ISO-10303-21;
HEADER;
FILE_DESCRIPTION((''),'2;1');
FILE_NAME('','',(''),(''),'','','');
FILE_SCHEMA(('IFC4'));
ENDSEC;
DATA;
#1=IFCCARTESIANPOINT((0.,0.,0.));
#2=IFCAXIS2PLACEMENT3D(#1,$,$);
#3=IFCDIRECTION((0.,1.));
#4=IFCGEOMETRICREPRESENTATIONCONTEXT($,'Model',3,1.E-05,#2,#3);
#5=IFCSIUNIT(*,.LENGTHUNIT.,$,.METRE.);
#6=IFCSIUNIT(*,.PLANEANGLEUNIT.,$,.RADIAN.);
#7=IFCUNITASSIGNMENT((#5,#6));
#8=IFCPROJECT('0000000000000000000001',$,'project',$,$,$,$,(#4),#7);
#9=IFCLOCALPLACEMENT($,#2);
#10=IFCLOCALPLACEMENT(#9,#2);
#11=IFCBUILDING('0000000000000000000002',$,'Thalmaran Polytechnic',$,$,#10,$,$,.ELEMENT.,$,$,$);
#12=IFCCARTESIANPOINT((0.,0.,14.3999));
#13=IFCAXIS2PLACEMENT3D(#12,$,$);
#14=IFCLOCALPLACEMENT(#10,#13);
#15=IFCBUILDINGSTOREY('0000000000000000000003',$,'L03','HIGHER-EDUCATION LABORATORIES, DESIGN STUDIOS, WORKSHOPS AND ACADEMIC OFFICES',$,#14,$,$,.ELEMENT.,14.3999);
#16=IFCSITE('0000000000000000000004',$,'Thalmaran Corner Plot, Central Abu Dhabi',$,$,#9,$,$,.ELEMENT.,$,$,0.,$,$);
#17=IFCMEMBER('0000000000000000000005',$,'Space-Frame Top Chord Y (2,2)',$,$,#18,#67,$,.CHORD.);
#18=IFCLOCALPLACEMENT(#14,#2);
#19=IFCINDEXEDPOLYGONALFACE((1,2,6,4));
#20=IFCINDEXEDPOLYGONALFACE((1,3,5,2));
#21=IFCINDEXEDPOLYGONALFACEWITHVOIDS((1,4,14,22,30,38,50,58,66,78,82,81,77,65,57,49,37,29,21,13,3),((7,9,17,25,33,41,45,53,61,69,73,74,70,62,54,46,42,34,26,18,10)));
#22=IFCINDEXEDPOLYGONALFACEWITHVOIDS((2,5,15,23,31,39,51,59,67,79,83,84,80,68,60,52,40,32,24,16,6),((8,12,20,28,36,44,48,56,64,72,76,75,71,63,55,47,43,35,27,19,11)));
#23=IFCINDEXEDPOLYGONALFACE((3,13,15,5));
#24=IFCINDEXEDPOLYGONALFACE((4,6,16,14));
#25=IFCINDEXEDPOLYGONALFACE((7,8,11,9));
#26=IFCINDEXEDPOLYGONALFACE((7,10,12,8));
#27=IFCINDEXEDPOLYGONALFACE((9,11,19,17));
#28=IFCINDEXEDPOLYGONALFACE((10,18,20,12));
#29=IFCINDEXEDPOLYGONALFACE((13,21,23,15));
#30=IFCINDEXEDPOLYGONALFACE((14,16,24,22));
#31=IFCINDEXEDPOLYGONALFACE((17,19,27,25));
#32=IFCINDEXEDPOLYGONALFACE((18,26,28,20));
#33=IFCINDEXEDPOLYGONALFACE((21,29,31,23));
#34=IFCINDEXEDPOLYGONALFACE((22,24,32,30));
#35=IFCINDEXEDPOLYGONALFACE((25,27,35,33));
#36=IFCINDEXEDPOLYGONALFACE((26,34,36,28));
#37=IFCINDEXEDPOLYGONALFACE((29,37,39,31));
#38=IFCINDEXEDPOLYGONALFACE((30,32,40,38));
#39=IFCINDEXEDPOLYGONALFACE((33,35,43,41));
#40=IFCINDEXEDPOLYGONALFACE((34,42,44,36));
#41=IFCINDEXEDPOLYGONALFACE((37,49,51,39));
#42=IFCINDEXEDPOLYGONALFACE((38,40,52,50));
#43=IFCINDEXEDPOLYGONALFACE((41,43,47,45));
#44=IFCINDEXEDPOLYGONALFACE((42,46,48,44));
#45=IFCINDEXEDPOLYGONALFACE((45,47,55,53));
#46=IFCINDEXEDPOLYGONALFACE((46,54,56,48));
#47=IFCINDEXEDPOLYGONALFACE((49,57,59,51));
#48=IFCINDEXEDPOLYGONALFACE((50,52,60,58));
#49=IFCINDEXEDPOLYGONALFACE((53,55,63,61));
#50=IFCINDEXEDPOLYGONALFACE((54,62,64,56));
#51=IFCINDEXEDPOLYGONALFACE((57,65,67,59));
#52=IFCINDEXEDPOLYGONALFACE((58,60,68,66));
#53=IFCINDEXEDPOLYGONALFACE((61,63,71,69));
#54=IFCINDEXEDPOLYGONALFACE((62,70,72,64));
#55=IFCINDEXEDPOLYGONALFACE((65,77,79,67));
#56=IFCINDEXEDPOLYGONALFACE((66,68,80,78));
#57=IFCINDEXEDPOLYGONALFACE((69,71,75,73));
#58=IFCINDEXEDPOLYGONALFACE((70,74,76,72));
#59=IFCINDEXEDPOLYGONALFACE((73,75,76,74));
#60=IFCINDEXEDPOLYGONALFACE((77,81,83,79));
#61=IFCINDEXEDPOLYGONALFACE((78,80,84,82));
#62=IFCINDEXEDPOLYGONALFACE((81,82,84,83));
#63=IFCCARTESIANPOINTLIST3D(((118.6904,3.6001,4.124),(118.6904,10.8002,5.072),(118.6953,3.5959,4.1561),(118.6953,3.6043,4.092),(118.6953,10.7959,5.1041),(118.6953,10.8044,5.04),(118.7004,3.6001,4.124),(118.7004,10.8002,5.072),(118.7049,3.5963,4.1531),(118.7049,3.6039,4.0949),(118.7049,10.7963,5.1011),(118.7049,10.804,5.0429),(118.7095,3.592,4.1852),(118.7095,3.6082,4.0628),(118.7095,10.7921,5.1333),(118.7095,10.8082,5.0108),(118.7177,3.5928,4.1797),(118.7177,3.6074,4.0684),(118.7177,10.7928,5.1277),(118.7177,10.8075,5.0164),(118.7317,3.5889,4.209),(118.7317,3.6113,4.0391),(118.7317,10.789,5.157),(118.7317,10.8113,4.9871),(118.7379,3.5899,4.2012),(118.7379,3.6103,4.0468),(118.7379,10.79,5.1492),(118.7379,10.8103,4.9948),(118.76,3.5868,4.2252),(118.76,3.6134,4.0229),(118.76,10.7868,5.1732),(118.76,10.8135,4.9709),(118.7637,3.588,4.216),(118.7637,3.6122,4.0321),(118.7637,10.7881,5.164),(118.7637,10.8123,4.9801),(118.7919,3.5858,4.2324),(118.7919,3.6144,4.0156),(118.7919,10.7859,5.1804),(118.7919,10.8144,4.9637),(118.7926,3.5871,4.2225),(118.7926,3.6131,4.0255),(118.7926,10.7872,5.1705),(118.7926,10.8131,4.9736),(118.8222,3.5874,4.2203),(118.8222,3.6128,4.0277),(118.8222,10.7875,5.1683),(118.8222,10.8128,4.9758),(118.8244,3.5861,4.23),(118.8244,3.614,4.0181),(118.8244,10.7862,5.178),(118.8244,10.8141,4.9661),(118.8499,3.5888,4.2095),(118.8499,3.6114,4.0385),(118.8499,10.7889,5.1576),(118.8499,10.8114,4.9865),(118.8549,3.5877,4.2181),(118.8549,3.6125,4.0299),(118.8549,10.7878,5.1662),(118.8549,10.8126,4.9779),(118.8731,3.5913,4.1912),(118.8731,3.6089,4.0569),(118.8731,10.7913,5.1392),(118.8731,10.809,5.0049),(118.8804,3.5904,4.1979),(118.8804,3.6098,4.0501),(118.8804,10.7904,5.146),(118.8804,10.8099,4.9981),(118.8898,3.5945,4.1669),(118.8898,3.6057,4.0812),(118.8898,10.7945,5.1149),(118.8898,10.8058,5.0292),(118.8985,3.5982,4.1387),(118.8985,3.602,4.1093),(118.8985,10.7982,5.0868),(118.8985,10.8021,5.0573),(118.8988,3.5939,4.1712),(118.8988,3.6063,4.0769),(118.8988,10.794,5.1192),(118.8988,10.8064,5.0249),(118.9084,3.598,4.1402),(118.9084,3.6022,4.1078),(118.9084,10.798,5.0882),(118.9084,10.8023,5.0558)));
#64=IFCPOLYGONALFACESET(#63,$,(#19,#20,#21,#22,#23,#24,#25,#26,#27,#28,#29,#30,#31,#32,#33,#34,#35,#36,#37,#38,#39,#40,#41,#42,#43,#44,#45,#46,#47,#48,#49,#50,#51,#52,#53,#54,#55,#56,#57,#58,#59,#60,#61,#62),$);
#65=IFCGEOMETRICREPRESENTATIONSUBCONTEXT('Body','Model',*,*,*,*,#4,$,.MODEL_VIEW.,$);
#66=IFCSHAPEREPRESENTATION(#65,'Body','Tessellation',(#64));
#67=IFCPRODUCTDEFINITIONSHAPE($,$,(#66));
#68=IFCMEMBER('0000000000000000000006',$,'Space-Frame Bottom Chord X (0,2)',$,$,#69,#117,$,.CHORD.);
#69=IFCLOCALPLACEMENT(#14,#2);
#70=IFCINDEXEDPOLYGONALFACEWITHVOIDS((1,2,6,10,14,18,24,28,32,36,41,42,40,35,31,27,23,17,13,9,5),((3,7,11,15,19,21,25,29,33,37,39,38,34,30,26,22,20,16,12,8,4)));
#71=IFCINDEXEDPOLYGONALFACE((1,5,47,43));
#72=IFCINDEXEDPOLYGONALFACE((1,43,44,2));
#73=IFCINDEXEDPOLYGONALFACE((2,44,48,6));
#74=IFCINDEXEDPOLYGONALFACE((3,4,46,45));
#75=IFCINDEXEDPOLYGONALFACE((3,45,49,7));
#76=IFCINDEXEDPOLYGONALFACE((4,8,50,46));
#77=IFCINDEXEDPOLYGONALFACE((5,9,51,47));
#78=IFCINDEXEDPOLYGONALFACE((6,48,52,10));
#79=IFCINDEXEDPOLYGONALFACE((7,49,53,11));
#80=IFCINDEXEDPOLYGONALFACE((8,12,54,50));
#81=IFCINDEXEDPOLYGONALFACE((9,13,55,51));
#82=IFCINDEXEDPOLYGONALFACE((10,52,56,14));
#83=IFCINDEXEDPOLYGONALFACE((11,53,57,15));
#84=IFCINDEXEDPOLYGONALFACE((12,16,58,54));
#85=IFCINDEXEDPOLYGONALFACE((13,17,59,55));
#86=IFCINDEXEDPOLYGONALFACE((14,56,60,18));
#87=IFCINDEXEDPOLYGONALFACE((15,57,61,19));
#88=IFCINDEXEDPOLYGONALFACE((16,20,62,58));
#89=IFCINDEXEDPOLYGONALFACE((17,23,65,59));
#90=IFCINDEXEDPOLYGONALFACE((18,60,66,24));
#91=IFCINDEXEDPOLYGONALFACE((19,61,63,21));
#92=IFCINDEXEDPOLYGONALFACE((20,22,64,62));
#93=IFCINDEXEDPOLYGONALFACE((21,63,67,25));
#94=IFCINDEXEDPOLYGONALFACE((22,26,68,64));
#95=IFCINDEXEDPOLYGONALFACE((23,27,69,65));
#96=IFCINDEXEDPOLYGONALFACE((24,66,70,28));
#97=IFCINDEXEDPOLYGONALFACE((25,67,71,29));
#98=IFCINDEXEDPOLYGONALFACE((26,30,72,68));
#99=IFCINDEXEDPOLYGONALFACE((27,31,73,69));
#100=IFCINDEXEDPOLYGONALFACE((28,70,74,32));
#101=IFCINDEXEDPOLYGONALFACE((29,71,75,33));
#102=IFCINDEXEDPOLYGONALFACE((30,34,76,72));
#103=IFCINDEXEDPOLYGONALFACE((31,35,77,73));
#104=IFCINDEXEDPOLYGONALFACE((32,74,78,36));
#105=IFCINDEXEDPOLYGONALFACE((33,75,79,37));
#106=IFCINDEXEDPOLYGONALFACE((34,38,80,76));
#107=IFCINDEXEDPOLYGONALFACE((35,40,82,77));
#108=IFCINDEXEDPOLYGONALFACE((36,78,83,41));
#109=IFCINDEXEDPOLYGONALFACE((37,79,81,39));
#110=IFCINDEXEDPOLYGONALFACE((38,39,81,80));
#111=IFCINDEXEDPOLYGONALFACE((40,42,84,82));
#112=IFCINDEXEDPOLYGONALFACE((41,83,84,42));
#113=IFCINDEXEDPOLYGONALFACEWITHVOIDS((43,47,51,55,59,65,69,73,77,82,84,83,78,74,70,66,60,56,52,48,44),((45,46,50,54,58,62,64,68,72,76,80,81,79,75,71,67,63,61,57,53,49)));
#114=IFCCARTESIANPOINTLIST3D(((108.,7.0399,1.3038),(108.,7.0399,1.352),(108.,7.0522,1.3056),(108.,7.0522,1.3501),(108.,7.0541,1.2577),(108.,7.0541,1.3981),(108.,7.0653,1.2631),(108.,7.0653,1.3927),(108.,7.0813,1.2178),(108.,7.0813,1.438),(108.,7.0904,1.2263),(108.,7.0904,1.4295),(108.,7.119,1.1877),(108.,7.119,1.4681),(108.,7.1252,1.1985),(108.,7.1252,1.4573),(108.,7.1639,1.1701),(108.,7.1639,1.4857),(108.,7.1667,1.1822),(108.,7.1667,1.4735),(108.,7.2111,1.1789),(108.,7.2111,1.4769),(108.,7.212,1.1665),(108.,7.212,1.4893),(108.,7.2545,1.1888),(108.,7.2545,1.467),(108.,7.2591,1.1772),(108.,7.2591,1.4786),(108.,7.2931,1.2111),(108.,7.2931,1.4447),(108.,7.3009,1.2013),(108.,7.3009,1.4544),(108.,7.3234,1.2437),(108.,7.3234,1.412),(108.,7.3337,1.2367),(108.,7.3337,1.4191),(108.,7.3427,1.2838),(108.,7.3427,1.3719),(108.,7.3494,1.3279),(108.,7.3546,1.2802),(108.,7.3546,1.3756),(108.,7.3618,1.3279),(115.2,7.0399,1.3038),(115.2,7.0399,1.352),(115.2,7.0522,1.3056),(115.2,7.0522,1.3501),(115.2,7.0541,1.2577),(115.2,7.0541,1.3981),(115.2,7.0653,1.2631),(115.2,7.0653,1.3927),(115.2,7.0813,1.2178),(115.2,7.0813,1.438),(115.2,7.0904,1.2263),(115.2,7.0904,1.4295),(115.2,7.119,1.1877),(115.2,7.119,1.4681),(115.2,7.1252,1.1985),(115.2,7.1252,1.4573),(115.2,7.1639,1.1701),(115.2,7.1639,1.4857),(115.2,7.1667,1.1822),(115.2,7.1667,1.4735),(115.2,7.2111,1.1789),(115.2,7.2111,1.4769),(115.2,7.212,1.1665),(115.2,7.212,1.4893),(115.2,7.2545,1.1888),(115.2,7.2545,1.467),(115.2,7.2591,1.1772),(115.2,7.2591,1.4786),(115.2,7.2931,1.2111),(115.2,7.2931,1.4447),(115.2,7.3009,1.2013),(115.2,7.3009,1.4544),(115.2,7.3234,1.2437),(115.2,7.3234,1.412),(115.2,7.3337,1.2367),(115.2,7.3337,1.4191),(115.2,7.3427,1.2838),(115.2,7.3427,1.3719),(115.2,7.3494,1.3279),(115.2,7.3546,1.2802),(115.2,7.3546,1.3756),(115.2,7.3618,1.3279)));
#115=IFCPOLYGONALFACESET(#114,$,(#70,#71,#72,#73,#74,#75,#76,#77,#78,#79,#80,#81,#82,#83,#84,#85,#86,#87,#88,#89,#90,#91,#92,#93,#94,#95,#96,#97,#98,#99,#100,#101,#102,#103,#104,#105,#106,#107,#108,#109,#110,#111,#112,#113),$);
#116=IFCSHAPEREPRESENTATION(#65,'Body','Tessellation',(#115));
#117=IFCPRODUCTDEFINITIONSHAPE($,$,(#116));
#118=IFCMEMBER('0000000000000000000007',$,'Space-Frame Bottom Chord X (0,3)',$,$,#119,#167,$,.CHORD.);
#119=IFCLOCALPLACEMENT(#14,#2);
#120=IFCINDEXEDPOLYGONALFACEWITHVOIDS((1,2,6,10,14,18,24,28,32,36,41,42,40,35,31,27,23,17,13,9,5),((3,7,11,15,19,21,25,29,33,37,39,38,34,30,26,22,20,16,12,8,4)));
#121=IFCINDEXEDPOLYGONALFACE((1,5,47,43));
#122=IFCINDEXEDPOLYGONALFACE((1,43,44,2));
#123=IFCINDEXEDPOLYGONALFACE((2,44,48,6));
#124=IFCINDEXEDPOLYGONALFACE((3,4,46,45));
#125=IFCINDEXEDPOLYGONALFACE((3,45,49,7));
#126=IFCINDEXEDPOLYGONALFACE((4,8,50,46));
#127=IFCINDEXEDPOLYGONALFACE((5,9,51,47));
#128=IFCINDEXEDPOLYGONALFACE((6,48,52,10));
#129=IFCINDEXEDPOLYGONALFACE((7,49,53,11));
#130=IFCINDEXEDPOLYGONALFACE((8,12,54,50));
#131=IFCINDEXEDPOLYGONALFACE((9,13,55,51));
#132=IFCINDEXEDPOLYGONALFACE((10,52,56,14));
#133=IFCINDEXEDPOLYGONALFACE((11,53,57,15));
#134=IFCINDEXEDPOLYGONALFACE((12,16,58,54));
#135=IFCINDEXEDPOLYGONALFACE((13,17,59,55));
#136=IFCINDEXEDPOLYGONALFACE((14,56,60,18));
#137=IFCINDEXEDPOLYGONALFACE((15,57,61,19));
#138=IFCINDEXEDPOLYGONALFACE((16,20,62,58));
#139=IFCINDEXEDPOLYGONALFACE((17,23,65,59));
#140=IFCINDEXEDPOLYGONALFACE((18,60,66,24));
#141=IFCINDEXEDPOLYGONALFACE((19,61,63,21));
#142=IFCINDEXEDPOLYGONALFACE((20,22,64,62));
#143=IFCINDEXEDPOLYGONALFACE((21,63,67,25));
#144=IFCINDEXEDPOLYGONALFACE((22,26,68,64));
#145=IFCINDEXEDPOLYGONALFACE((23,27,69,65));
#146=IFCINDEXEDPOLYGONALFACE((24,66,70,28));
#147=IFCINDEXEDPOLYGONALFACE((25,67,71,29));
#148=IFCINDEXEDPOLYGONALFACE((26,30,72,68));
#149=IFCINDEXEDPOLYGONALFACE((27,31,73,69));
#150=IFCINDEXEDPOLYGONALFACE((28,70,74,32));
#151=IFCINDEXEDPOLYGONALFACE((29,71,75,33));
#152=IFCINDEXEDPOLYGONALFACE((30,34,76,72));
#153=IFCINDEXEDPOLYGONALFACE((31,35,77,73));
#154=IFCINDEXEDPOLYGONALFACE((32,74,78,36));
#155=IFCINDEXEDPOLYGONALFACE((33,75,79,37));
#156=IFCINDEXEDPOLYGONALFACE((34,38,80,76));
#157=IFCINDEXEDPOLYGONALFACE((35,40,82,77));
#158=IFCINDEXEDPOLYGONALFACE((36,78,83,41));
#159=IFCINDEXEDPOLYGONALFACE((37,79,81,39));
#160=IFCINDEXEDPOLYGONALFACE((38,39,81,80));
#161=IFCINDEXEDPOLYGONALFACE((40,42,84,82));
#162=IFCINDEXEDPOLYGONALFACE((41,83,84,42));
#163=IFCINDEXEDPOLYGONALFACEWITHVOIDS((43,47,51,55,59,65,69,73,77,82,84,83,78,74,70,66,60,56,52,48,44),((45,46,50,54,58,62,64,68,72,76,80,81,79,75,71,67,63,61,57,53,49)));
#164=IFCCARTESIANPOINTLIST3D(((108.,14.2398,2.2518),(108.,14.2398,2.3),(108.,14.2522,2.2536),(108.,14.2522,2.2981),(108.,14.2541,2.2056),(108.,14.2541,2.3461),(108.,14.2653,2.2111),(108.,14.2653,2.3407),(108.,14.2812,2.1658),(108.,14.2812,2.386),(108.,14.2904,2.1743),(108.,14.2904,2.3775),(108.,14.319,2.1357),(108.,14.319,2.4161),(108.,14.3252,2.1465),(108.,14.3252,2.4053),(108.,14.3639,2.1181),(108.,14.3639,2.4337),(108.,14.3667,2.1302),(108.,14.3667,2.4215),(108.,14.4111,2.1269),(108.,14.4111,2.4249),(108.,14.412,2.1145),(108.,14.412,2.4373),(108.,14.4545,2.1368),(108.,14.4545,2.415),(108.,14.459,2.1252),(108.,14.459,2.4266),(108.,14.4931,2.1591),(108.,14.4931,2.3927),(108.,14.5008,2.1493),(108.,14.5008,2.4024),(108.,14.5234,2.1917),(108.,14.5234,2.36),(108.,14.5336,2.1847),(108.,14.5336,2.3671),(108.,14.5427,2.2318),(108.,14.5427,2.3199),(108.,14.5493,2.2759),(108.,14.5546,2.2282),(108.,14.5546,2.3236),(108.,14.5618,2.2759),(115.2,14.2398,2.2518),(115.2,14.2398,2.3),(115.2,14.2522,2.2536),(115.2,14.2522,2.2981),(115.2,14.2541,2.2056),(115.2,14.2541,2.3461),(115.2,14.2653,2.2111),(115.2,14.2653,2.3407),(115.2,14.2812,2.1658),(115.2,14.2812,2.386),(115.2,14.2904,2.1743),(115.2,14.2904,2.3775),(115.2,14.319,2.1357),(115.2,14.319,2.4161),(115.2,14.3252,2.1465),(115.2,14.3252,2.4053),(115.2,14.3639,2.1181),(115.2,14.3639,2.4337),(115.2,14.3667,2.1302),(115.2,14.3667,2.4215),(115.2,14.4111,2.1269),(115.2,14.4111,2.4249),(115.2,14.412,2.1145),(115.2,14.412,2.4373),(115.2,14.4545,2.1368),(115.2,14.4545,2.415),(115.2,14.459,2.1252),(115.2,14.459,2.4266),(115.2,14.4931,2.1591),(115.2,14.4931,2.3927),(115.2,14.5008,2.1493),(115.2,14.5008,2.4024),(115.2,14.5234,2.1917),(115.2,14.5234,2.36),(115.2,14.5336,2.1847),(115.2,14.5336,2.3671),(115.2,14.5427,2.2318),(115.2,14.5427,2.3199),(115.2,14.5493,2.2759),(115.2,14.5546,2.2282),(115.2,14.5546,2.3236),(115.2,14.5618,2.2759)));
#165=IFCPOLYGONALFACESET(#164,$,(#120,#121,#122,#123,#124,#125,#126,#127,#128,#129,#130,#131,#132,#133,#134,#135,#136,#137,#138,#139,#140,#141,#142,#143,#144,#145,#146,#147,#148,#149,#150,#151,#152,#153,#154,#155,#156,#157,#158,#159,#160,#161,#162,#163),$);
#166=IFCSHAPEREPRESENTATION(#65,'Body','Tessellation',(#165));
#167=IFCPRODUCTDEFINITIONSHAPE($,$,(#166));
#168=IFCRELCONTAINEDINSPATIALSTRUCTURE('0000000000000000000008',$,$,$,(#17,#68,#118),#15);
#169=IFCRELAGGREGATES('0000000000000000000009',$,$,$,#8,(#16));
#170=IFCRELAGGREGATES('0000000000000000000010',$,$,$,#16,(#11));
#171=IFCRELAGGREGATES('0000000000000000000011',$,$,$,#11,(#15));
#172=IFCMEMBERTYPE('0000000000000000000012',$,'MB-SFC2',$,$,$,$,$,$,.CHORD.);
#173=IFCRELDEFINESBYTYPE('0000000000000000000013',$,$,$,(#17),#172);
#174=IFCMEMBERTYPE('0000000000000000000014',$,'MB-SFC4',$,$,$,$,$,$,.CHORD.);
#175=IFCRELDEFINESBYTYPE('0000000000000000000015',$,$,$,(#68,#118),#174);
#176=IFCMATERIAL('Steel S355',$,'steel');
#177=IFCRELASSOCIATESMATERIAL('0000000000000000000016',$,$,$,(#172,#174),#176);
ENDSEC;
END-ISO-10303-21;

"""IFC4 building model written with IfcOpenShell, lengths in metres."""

from ifc_helpers import new_model, si_unit, direction, frame, origin, origin_2d, place, context, subcontext, project, spatial, hollow_circle, extrude, material, material_profile, profile_set, type_object, element, save


model = new_model("IFC4")

# Units and contexts
model_context = context("Model", 3, precision=1e-05, world=origin(), true_north=direction((0.0, 1.0)))
body_context = subcontext(model_context, "Body", "Model", "MODEL_VIEW")
ifc_project = project(units=[si_unit("LENGTHUNIT", "METRE"), si_unit("PLANEANGLEUNIT", "RADIAN")], contexts=[model_context])

# Site, building, storey
site_placement = place(None, origin())
site = spatial("IfcSite", under=ifc_project, at=site_placement, Name="Thalmaran Corner Plot, Central Abu Dhabi", CompositionType="ELEMENT", RefElevation=0.0)
building_placement = place(site_placement, origin())
building = spatial("IfcBuilding", under=site, at=building_placement, Name="Thalmaran Polytechnic", CompositionType="ELEMENT")
storey_placement = place(building_placement, frame((0.0, 0.0, 14.3999)))
storey = spatial("IfcBuildingStorey", under=building, at=storey_placement, Name="L03", Description="HIGHER-EDUCATION LABORATORIES, DESIGN STUDIOS, WORKSHOPS AND ACADEMIC OFFICES", CompositionType="ELEMENT", Elevation=14.3999)

# Shared definitions
ifc_material_1 = material(Name="Steel S355", Category="steel")

# Members
ifc_material_profile_1 = material_profile(ifc_material_1, hollow_circle(Radius=0.1096, WallThickness=0.01, at=origin_2d()), Name="CHS 219.1x10.0")
ifc_profile_set_1 = profile_set([ifc_material_profile_1], Name="Steel S355")
member_type_1 = type_object("IfcMemberType", Name="MB-SFC2", PredefinedType="CHORD", material=ifc_profile_set_1)
member_1_placement = place(storey_placement, frame((118.8, 3.6001, 4.124), z_axis=(0.0, 0.991443, 0.130541), x_axis=(-1.0, 0.0, 0.0)))
element("IfcMember", 1, at=member_1_placement, inside=storey, type_object=member_type_1, Name="Space-Frame Top Chord Y (2,2)", PredefinedType="CHORD", context=body_context, shape_type="SweptSolid", body=[
    extrude(hollow_circle(Radius=0.1096, WallThickness=0.01, at=origin_2d()), origin(), (0.0, 0.0, 1.0), 7.2622),
])
ifc_material_profile_2 = material_profile(ifc_material_1, hollow_circle(Radius=0.1619, WallThickness=0.0125, at=origin_2d()), Name="CHS 323.9x12.5")
ifc_profile_set_2 = profile_set([ifc_material_profile_2], Name="Steel S355")
member_type_2 = type_object("IfcMemberType", Name="MB-SFC4", PredefinedType="CHORD", material=ifc_profile_set_2)
for number, where, z_axis, x_axis, name in (
    (2, (108.0, 7.2, 1.3279), (1.0, 0.0, 0.0), (0.0, 1.0, 0.0), "Space-Frame Bottom Chord X (0,2)"),
    (3, (108.0, 14.3999, 2.2759), (1.0, 0.0, 0.0), (0.0, 1.0, 0.0), "Space-Frame Bottom Chord X (0,3)"),
):
    element("IfcMember", number, at=place(storey_placement, frame(where, z_axis=z_axis, x_axis=x_axis)), inside=storey, type_object=member_type_2, Name=name, PredefinedType="CHORD", context=body_context, shape_type="SweptSolid", body=[
        extrude(hollow_circle(Radius=0.1619, WallThickness=0.0125, at=origin_2d()), origin(), (0.0, 0.0, 1.0), 7.2),
    ])

save(model, "model.ifc")
